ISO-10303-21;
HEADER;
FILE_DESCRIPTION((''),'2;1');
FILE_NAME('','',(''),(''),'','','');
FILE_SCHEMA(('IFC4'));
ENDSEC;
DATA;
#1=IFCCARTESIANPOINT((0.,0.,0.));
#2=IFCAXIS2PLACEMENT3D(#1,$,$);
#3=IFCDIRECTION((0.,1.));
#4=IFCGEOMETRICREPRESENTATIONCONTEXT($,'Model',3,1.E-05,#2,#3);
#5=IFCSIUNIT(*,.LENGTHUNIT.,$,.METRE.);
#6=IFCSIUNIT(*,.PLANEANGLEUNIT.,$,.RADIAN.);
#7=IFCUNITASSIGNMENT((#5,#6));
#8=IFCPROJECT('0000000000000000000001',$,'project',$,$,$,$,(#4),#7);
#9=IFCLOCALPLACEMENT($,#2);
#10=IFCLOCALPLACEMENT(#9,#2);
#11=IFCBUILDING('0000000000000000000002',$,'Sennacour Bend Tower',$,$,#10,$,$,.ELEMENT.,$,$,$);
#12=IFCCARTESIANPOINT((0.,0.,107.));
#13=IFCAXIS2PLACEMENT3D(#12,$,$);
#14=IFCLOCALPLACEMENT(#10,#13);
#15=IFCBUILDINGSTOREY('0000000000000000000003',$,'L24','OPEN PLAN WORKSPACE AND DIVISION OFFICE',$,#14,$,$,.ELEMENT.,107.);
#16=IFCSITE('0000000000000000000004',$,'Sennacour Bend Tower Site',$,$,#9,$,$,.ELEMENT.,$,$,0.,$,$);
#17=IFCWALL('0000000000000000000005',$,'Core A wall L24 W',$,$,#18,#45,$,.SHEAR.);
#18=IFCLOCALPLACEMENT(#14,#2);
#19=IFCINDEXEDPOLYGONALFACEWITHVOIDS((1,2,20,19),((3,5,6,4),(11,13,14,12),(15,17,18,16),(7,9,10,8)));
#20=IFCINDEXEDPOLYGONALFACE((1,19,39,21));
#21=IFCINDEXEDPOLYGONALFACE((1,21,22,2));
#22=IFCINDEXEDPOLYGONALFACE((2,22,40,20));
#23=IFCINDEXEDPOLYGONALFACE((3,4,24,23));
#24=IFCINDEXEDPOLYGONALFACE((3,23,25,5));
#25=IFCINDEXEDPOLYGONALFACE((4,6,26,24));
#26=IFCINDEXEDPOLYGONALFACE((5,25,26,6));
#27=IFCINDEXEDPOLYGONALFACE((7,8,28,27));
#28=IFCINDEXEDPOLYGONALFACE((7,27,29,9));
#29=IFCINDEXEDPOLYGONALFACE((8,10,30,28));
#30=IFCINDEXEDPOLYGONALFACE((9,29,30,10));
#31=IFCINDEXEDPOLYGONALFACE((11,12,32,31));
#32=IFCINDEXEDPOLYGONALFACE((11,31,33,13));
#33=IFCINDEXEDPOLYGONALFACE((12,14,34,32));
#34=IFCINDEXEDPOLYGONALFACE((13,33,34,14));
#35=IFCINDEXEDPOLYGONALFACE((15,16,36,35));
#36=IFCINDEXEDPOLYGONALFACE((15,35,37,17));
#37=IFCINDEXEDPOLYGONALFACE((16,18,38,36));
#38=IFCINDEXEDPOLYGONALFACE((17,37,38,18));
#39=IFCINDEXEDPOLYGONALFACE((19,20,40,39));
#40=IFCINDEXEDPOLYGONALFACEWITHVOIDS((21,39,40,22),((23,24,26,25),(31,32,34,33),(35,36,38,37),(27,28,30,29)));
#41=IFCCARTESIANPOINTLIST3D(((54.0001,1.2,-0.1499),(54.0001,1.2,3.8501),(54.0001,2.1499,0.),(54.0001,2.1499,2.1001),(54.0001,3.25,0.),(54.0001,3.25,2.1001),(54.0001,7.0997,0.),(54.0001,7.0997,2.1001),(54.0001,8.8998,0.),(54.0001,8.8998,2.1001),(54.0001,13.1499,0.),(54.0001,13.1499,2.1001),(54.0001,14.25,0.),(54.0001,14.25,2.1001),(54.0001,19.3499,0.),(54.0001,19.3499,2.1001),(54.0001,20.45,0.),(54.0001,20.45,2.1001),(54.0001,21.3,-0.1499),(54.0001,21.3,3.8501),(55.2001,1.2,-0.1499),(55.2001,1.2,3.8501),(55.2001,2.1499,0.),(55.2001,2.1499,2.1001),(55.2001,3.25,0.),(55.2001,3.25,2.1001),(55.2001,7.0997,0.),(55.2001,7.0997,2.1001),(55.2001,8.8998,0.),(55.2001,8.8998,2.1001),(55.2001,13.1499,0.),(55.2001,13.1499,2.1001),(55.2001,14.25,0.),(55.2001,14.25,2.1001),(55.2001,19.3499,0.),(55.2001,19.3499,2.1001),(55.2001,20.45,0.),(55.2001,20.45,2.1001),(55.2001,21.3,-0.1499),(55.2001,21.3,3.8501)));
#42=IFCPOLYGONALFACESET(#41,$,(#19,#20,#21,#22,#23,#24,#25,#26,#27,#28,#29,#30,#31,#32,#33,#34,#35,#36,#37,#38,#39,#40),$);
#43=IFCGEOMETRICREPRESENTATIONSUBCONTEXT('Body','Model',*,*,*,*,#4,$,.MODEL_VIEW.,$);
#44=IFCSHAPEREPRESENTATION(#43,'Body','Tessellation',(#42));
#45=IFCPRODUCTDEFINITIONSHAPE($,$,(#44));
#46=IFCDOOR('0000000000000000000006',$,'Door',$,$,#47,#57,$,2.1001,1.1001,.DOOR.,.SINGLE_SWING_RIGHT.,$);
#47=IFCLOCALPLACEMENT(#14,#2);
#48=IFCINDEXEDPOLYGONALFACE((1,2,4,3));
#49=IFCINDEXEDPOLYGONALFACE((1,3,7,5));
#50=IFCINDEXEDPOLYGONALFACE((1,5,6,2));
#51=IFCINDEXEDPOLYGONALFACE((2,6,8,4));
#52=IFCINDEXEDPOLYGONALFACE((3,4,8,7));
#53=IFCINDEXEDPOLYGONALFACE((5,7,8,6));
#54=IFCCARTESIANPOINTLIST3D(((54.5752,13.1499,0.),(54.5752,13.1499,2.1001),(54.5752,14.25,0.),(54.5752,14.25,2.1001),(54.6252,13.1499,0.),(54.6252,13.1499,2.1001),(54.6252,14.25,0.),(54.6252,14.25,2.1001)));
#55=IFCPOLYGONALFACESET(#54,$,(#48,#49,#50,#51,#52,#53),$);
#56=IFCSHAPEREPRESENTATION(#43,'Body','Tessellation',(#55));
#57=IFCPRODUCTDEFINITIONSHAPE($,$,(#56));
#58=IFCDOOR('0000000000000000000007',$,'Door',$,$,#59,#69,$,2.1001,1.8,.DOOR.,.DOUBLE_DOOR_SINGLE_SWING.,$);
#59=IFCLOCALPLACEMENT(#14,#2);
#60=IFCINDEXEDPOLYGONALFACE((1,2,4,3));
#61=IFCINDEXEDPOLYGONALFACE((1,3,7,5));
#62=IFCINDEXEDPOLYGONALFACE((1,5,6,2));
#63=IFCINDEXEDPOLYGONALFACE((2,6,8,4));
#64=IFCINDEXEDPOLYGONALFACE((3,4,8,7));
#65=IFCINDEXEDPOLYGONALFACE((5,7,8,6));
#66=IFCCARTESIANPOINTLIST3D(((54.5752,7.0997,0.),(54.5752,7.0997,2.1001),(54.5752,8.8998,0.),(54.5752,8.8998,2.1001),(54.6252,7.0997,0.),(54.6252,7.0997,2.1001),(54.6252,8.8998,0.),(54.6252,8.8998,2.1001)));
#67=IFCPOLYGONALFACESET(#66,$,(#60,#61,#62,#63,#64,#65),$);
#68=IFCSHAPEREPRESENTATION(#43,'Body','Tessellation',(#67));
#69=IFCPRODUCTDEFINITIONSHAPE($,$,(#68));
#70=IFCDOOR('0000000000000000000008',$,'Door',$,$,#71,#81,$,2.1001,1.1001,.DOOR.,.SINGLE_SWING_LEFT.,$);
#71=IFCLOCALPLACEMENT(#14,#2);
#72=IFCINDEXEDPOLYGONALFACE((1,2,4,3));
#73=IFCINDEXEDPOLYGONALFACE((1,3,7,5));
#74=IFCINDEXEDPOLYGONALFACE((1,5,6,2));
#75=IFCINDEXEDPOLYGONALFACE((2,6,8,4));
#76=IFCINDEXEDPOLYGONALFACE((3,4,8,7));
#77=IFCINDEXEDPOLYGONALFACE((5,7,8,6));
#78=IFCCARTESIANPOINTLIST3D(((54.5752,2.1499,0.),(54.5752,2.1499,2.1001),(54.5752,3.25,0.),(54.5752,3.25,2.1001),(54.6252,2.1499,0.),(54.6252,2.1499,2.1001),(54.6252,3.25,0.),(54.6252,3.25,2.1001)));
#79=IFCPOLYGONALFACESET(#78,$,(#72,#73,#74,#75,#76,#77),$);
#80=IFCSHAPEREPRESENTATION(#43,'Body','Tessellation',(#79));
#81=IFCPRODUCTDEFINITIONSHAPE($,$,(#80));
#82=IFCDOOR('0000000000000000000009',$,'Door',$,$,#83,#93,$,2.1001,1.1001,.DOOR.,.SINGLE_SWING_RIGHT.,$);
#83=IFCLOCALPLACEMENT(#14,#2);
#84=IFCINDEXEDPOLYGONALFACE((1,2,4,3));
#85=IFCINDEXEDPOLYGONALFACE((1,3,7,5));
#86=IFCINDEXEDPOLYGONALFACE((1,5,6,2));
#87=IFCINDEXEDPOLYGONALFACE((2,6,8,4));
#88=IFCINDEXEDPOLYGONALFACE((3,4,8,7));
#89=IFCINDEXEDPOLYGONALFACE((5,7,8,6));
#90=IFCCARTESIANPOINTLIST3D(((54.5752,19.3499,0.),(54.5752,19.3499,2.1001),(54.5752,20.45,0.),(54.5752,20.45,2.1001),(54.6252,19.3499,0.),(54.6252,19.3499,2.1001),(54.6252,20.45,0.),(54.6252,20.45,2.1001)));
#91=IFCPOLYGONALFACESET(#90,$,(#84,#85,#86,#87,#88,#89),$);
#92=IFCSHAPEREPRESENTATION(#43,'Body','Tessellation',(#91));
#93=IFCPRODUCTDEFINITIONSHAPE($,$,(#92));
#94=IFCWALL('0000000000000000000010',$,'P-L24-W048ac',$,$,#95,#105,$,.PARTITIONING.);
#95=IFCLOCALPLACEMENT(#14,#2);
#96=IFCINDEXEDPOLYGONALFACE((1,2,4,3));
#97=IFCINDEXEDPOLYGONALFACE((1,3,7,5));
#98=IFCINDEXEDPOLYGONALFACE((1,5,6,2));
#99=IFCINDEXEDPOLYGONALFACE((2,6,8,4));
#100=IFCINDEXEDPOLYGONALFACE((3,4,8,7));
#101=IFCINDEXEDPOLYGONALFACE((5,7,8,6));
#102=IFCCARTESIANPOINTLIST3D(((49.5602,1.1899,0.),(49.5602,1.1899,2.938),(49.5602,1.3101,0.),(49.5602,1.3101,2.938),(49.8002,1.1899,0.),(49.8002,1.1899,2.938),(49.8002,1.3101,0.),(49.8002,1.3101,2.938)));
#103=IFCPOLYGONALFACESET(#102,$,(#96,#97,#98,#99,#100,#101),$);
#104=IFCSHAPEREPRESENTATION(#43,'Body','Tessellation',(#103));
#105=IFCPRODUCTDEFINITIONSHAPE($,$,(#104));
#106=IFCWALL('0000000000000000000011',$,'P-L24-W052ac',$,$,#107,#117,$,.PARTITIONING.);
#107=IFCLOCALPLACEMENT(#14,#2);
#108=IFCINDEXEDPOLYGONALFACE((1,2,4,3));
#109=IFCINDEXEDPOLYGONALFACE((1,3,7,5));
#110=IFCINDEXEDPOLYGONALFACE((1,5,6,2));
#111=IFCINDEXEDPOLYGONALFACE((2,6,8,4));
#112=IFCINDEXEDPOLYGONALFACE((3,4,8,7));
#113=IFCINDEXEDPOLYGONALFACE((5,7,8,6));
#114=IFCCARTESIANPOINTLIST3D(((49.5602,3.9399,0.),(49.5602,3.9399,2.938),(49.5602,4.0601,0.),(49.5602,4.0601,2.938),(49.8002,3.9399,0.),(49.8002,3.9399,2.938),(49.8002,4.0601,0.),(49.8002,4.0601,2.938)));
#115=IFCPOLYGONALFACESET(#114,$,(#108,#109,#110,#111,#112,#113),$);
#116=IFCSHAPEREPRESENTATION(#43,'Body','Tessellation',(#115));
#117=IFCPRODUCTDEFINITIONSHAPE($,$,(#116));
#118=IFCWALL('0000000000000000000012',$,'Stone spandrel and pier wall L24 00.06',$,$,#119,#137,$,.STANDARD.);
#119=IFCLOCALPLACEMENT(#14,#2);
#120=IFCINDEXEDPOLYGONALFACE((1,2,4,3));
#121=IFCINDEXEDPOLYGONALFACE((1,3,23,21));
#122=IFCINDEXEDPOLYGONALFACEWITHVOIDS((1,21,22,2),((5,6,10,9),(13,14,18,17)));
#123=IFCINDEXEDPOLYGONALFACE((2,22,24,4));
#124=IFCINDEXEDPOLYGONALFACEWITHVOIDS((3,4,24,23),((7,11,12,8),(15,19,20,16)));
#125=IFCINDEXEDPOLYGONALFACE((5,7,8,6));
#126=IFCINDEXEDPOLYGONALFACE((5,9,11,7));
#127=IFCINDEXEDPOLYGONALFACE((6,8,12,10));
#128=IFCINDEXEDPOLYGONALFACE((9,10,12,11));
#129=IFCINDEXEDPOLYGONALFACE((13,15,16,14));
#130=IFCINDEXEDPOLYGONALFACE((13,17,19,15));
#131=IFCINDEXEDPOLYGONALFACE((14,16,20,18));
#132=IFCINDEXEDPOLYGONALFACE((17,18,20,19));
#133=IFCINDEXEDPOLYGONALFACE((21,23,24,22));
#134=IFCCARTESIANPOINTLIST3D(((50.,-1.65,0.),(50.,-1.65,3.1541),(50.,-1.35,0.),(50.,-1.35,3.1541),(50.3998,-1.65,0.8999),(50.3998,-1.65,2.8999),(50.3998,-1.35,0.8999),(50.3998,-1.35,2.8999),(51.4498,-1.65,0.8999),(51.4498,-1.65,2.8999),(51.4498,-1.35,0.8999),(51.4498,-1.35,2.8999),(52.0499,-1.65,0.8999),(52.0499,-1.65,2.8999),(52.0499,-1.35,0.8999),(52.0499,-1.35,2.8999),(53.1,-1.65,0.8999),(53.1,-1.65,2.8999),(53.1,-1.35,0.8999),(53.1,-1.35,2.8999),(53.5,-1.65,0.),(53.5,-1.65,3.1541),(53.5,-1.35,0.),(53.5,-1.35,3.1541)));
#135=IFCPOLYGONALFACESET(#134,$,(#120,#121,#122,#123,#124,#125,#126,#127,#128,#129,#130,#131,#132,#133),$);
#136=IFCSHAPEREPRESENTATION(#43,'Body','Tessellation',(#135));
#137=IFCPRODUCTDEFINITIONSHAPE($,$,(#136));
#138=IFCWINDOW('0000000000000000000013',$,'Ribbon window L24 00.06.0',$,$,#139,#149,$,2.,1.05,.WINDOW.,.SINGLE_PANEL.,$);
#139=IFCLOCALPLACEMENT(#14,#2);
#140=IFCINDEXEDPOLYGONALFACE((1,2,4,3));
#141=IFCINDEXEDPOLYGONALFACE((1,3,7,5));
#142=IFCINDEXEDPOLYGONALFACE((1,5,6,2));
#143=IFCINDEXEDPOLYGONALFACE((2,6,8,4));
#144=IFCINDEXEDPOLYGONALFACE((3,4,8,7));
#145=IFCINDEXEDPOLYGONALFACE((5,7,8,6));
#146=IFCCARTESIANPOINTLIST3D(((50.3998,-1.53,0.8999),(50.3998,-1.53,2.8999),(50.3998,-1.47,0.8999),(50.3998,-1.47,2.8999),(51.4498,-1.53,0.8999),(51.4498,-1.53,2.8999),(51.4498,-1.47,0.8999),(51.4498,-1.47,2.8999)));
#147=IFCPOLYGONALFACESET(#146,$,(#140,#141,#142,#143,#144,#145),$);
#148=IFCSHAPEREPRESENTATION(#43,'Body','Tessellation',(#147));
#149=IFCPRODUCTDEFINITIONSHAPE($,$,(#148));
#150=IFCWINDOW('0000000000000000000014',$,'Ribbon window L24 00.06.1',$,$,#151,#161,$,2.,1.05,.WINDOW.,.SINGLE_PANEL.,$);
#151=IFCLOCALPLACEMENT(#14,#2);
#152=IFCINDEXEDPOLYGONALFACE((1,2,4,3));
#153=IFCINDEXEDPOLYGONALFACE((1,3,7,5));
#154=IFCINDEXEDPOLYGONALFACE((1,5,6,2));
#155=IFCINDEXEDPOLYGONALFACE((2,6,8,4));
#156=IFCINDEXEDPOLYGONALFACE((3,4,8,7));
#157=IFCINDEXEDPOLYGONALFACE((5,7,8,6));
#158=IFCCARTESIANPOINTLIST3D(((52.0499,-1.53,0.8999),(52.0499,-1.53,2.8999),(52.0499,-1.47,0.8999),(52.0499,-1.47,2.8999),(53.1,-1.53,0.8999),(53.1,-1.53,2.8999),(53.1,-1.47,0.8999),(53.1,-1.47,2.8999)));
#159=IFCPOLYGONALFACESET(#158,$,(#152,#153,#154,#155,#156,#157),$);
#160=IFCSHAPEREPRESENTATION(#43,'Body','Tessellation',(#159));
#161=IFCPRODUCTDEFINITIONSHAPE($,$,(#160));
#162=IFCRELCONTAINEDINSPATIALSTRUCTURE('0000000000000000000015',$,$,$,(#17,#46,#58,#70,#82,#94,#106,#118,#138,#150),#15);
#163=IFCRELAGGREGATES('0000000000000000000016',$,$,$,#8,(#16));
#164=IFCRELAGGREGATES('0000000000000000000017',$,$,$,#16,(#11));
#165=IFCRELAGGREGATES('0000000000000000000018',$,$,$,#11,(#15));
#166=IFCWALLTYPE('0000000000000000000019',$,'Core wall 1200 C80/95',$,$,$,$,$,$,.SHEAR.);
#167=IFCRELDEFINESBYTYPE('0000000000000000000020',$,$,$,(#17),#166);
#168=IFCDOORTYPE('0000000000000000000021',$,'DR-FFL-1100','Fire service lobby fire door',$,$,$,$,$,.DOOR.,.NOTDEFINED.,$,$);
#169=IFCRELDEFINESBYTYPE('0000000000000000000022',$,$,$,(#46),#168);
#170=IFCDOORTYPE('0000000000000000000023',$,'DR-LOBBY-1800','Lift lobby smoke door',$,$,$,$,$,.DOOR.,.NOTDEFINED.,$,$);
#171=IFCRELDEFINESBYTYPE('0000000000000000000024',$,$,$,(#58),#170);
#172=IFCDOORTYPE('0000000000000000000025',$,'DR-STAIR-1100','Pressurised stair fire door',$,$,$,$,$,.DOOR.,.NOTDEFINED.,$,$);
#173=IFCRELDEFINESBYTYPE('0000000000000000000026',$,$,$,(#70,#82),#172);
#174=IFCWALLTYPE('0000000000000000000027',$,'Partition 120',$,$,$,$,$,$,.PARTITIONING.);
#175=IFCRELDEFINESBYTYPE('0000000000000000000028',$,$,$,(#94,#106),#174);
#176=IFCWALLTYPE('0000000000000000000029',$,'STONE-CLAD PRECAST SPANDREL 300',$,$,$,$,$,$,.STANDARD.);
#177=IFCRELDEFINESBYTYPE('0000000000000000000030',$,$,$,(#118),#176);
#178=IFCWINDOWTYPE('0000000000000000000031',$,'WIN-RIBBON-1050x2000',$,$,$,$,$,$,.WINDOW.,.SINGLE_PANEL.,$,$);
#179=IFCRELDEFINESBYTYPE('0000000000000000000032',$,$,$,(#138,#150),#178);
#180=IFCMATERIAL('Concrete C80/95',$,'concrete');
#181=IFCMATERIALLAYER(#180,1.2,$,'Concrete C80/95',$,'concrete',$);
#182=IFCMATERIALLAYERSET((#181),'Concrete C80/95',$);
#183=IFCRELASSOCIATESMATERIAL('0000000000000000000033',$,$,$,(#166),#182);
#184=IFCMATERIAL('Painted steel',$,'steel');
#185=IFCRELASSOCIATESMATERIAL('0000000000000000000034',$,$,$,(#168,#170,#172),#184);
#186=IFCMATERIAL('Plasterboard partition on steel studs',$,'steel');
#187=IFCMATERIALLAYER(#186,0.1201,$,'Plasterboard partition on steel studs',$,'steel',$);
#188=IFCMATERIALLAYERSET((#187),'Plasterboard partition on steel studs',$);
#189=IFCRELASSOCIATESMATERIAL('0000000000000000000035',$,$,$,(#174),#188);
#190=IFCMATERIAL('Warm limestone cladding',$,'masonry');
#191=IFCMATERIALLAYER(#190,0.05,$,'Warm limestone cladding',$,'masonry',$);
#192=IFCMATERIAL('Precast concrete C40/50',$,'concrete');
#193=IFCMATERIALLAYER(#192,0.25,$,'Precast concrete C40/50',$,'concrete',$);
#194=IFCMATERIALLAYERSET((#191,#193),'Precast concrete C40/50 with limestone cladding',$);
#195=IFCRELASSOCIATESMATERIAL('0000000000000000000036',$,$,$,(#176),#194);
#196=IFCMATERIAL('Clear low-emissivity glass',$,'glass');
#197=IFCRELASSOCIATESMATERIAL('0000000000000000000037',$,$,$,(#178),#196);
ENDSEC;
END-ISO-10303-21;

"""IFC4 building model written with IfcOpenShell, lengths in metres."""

from ifc_helpers import new_model, si_unit, direction, frame, frame_2d, origin, place, context, subcontext, project, spatial, rectangle, extrude, material, layer, layer_set, type_object, element, fill, save


model = new_model("IFC4")

# Units and contexts
model_context = context("Model", 3, precision=1e-05, world=origin(), true_north=direction((0.0, 1.0)))
body_context = subcontext(model_context, "Body", "Model", "MODEL_VIEW")
ifc_project = project(units=[si_unit("LENGTHUNIT", "METRE"), si_unit("PLANEANGLEUNIT", "RADIAN")], contexts=[model_context])

# Site, building, storey
site_placement = place(None, origin())
site = spatial("IfcSite", under=ifc_project, at=site_placement, Name="Sennacour Bend Tower Site", CompositionType="ELEMENT", RefElevation=0.0)
building_placement = place(site_placement, origin())
building = spatial("IfcBuilding", under=site, at=building_placement, Name="Sennacour Bend Tower", CompositionType="ELEMENT")
storey_placement = place(building_placement, frame((0.0, 0.0, 107.0)))
storey = spatial("IfcBuildingStorey", under=building, at=storey_placement, Name="L24", Description="OPEN PLAN WORKSPACE AND DIVISION OFFICE", CompositionType="ELEMENT", Elevation=107.0)

# Wall, openings, doors
ifc_material_1 = material(Name="Concrete C80/95", Category="concrete")
ifc_layer_1 = layer(ifc_material_1, 1.2, Name="Concrete C80/95", Category="concrete")
ifc_layer_set_1 = layer_set([ifc_layer_1], Name="Concrete C80/95")
wall_type_1 = type_object("IfcWallType", Name="Core wall 1200 C80/95", PredefinedType="SHEAR", material=ifc_layer_set_1)
wall_1_placement = place(storey_placement, frame((54.6001, 1.2, -0.1499), z_axis=(0.0, 0.0, 1.0), x_axis=(0.0, 1.0, 0.0)))
wall_1 = element("IfcWall", 1, at=wall_1_placement, inside=storey, type_object=wall_type_1, Name="Core A wall L24 W", PredefinedType="SHEAR", context=body_context, shape_type="SweptSolid", body=[
    extrude(rectangle(XDim=20.1001, YDim=1.2, at=frame_2d((10.05, 0.0))), origin(), (0.0, 0.0, 1.0), 4.0),
])
opening_1_placement = place(wall_1_placement, frame((5.8999, 0.0, 0.1499)))
opening_1 = element("IfcOpeningElement", 2, at=opening_1_placement, cuts=wall_1, PredefinedType="OPENING", context=body_context, shape_type="SweptSolid", body=[
    extrude(rectangle(XDim=1.8, YDim=2.1001, at=frame_2d((0.8999, 1.05))), frame((0.0, 0.6099, 0.0), z_axis=(0.0, -1.0, 0.0), x_axis=(1.0, 0.0, 0.0)), (0.0, 0.0, 1.0), 1.22),
])
opening_2_placement = place(wall_1_placement, frame((11.95, 0.0, 0.1499)))
opening_2 = element("IfcOpeningElement", 3, at=opening_2_placement, cuts=wall_1, PredefinedType="OPENING", context=body_context, shape_type="SweptSolid", body=[
    extrude(rectangle(XDim=1.1001, YDim=2.1001, at=frame_2d((0.55, 1.05))), frame((0.0, 0.6099, 0.0), z_axis=(0.0, -1.0, 0.0), x_axis=(1.0, 0.0, 0.0)), (0.0, 0.0, 1.0), 1.22),
])
opening_3_placement = place(wall_1_placement, frame((0.95, 0.0, 0.1499)))
opening_3 = element("IfcOpeningElement", 4, at=opening_3_placement, cuts=wall_1, PredefinedType="OPENING", context=body_context, shape_type="SweptSolid", body=[
    extrude(rectangle(XDim=1.1001, YDim=2.1001, at=frame_2d((0.55, 1.05))), frame((0.0, 0.6099, 0.0), z_axis=(0.0, -1.0, 0.0), x_axis=(1.0, 0.0, 0.0)), (0.0, 0.0, 1.0), 1.22),
])
opening_4_placement = place(wall_1_placement, frame((18.1499, 0.0, 0.1499)))
opening_4 = element("IfcOpeningElement", 5, at=opening_4_placement, cuts=wall_1, PredefinedType="OPENING", context=body_context, shape_type="SweptSolid", body=[
    extrude(rectangle(XDim=1.1001, YDim=2.1001, at=frame_2d((0.55, 1.05))), frame((0.0, 0.6099, 0.0), z_axis=(0.0, -1.0, 0.0), x_axis=(1.0, 0.0, 0.0)), (0.0, 0.0, 1.0), 1.22),
])
ifc_material_2 = material(Name="Painted steel", Category="steel")
door_type_1 = type_object("IfcDoorType", Name="DR-FFL-1100", Description="Fire service lobby fire door", OperationType="NOTDEFINED", PredefinedType="DOOR", material=ifc_material_2)
door_1_placement = place(opening_2_placement, origin())
door_1 = element("IfcDoor", 6, at=door_1_placement, inside=storey, type_object=door_type_1, Name="Door", OperationType="SINGLE_SWING_RIGHT", OverallHeight=2.1001, OverallWidth=1.1001, PredefinedType="DOOR", context=body_context, shape_type="SweptSolid", body=[
    extrude(rectangle(XDim=1.1001, YDim=2.1001, at=frame_2d((0.55, 1.05))), frame((0.0, 0.0249, 0.0), z_axis=(0.0, -1.0, 0.0), x_axis=(1.0, 0.0, 0.0)), (0.0, 0.0, 1.0), 0.05),
])
fill(opening_2, door_1)
door_type_2 = type_object("IfcDoorType", Name="DR-LOBBY-1800", Description="Lift lobby smoke door", OperationType="NOTDEFINED", PredefinedType="DOOR", material=ifc_material_2)
door_2_placement = place(opening_1_placement, origin())
door_2 = element("IfcDoor", 7, at=door_2_placement, inside=storey, type_object=door_type_2, Name="Door", OperationType="DOUBLE_DOOR_SINGLE_SWING", OverallHeight=2.1001, OverallWidth=1.8, PredefinedType="DOOR", context=body_context, shape_type="SweptSolid", body=[
    extrude(rectangle(XDim=1.8, YDim=2.1001, at=frame_2d((0.8999, 1.05))), frame((0.0, 0.0249, 0.0), z_axis=(0.0, -1.0, 0.0), x_axis=(1.0, 0.0, 0.0)), (0.0, 0.0, 1.0), 0.05),
])
fill(opening_1, door_2)
door_type_3 = type_object("IfcDoorType", Name="DR-STAIR-1100", Description="Pressurised stair fire door", OperationType="NOTDEFINED", PredefinedType="DOOR", material=ifc_material_2)
door_3_placement = place(opening_3_placement, origin())
door_3 = element("IfcDoor", 8, at=door_3_placement, inside=storey, type_object=door_type_3, Name="Door", OperationType="SINGLE_SWING_LEFT", OverallHeight=2.1001, OverallWidth=1.1001, PredefinedType="DOOR", context=body_context, shape_type="SweptSolid", body=[
    extrude(rectangle(XDim=1.1001, YDim=2.1001, at=frame_2d((0.55, 1.05))), frame((0.0, 0.0249, 0.0), z_axis=(0.0, -1.0, 0.0), x_axis=(1.0, 0.0, 0.0)), (0.0, 0.0, 1.0), 0.05),
])
fill(opening_3, door_3)
door_4_placement = place(opening_4_placement, origin())
door_4 = element("IfcDoor", 9, at=door_4_placement, inside=storey, type_object=door_type_3, Name="Door", OperationType="SINGLE_SWING_RIGHT", OverallHeight=2.1001, OverallWidth=1.1001, PredefinedType="DOOR", context=body_context, shape_type="SweptSolid", body=[
    extrude(rectangle(XDim=1.1001, YDim=2.1001, at=frame_2d((0.55, 1.05))), frame((0.0, 0.0249, 0.0), z_axis=(0.0, -1.0, 0.0), x_axis=(1.0, 0.0, 0.0)), (0.0, 0.0, 1.0), 0.05),
])
fill(opening_4, door_4)

# Walls
ifc_material_3 = material(Name="Plasterboard partition on steel studs", Category="steel")
ifc_layer_2 = layer(ifc_material_3, 0.1201, Name="Plasterboard partition on steel studs", Category="steel")
ifc_layer_set_2 = layer_set([ifc_layer_2], Name="Plasterboard partition on steel studs")
wall_type_2 = type_object("IfcWallType", Name="Partition 120", PredefinedType="PARTITIONING", material=ifc_layer_set_2)
for number, where, z_axis, x_axis, name in (
    (10, (49.5601, 1.25, 0.0), (0.0, 0.0, 1.0), (1.0, 0.0, 0.0), "P-L24-W048ac"),
    (11, (49.5601, 4.0, 0.0), (0.0, 0.0, 1.0), (1.0, 0.0, 0.0), "P-L24-W052ac"),
):
    element("IfcWall", number, at=place(storey_placement, frame(where, z_axis=z_axis, x_axis=x_axis)), inside=storey, type_object=wall_type_2, Name=name, PredefinedType="PARTITIONING", context=body_context, shape_type="SweptSolid", body=[
        extrude(rectangle(XDim=0.24, YDim=0.1201, at=frame_2d((0.1201, 0.0))), origin(), (0.0, 0.0, 1.0), 2.938),
    ])

# Wall, openings, windows
ifc_material_4 = material(Name="Warm limestone cladding", Category="masonry")
ifc_layer_3 = layer(ifc_material_4, 0.05, Name="Warm limestone cladding", Category="masonry")
ifc_material_5 = material(Name="Precast concrete C40/50", Category="concrete")
ifc_layer_4 = layer(ifc_material_5, 0.25, Name="Precast concrete C40/50", Category="concrete")
ifc_layer_set_3 = layer_set([ifc_layer_3, ifc_layer_4], Name="Precast concrete C40/50 with limestone cladding")
wall_type_3 = type_object("IfcWallType", Name="STONE-CLAD PRECAST SPANDREL 300", PredefinedType="STANDARD", material=ifc_layer_set_3)
wall_2_placement = place(storey_placement, frame((50.0, -1.5, 0.0), z_axis=(0.0, 0.0, 1.0), x_axis=(1.0, 0.0, 0.0)))
wall_2 = element("IfcWall", 12, at=wall_2_placement, inside=storey, type_object=wall_type_3, Name="Stone spandrel and pier wall L24 00.06", PredefinedType="STANDARD", context=body_context, shape_type="SweptSolid", body=[
    extrude(rectangle(XDim=3.5, YDim=0.3, at=frame_2d((1.75, 0.0))), origin(), (0.0, 0.0, 1.0), 3.1541),
])
opening_5_placement = place(wall_2_placement, frame((0.3999, 0.0, 0.8999)))
opening_5 = element("IfcOpeningElement", 13, at=opening_5_placement, cuts=wall_2, PredefinedType="OPENING", context=body_context, shape_type="SweptSolid", body=[
    extrude(rectangle(XDim=1.05, YDim=2.0, at=frame_2d((0.5249, 1.0))), frame((0.0, 0.1602, 0.0), z_axis=(0.0, -1.0, 0.0), x_axis=(1.0, 0.0, 0.0)), (0.0, 0.0, 1.0), 0.3201),
])
opening_6_placement = place(wall_2_placement, frame((2.05, 0.0, 0.8999)))
opening_6 = element("IfcOpeningElement", 14, at=opening_6_placement, cuts=wall_2, PredefinedType="OPENING", context=body_context, shape_type="SweptSolid", body=[
    extrude(rectangle(XDim=1.05, YDim=2.0, at=frame_2d((0.5249, 1.0))), frame((0.0, 0.1602, 0.0), z_axis=(0.0, -1.0, 0.0), x_axis=(1.0, 0.0, 0.0)), (0.0, 0.0, 1.0), 0.3201),
])
ifc_material_6 = material(Name="Clear low-emissivity glass", Category="glass")
window_type = type_object("IfcWindowType", Name="WIN-RIBBON-1050x2000", PartitioningType="SINGLE_PANEL", PredefinedType="WINDOW", material=ifc_material_6)
window_1_placement = place(opening_5_placement, origin())
window_1 = element("IfcWindow", 15, at=window_1_placement, inside=storey, type_object=window_type, Name="Ribbon window L24 00.06.0", OverallHeight=2.0, OverallWidth=1.05, PartitioningType="SINGLE_PANEL", PredefinedType="WINDOW", context=body_context, shape_type="SweptSolid", body=[
    extrude(rectangle(XDim=1.05, YDim=2.0, at=frame_2d((0.5249, 1.0))), frame((0.0, 0.03, 0.0), z_axis=(0.0, -1.0, 0.0), x_axis=(1.0, 0.0, 0.0)), (0.0, 0.0, 1.0), 0.0601),
])
fill(opening_5, window_1)
window_2_placement = place(opening_6_placement, origin())
window_2 = element("IfcWindow", 16, at=window_2_placement, inside=storey, type_object=window_type, Name="Ribbon window L24 00.06.1", OverallHeight=2.0, OverallWidth=1.05, PartitioningType="SINGLE_PANEL", PredefinedType="WINDOW", context=body_context, shape_type="SweptSolid", body=[
    extrude(rectangle(XDim=1.05, YDim=2.0, at=frame_2d((0.5249, 1.0))), frame((0.0, 0.03, 0.0), z_axis=(0.0, -1.0, 0.0), x_axis=(1.0, 0.0, 0.0)), (0.0, 0.0, 1.0), 0.0601),
])
fill(opening_6, window_2)

save(model, "model.ifc")
